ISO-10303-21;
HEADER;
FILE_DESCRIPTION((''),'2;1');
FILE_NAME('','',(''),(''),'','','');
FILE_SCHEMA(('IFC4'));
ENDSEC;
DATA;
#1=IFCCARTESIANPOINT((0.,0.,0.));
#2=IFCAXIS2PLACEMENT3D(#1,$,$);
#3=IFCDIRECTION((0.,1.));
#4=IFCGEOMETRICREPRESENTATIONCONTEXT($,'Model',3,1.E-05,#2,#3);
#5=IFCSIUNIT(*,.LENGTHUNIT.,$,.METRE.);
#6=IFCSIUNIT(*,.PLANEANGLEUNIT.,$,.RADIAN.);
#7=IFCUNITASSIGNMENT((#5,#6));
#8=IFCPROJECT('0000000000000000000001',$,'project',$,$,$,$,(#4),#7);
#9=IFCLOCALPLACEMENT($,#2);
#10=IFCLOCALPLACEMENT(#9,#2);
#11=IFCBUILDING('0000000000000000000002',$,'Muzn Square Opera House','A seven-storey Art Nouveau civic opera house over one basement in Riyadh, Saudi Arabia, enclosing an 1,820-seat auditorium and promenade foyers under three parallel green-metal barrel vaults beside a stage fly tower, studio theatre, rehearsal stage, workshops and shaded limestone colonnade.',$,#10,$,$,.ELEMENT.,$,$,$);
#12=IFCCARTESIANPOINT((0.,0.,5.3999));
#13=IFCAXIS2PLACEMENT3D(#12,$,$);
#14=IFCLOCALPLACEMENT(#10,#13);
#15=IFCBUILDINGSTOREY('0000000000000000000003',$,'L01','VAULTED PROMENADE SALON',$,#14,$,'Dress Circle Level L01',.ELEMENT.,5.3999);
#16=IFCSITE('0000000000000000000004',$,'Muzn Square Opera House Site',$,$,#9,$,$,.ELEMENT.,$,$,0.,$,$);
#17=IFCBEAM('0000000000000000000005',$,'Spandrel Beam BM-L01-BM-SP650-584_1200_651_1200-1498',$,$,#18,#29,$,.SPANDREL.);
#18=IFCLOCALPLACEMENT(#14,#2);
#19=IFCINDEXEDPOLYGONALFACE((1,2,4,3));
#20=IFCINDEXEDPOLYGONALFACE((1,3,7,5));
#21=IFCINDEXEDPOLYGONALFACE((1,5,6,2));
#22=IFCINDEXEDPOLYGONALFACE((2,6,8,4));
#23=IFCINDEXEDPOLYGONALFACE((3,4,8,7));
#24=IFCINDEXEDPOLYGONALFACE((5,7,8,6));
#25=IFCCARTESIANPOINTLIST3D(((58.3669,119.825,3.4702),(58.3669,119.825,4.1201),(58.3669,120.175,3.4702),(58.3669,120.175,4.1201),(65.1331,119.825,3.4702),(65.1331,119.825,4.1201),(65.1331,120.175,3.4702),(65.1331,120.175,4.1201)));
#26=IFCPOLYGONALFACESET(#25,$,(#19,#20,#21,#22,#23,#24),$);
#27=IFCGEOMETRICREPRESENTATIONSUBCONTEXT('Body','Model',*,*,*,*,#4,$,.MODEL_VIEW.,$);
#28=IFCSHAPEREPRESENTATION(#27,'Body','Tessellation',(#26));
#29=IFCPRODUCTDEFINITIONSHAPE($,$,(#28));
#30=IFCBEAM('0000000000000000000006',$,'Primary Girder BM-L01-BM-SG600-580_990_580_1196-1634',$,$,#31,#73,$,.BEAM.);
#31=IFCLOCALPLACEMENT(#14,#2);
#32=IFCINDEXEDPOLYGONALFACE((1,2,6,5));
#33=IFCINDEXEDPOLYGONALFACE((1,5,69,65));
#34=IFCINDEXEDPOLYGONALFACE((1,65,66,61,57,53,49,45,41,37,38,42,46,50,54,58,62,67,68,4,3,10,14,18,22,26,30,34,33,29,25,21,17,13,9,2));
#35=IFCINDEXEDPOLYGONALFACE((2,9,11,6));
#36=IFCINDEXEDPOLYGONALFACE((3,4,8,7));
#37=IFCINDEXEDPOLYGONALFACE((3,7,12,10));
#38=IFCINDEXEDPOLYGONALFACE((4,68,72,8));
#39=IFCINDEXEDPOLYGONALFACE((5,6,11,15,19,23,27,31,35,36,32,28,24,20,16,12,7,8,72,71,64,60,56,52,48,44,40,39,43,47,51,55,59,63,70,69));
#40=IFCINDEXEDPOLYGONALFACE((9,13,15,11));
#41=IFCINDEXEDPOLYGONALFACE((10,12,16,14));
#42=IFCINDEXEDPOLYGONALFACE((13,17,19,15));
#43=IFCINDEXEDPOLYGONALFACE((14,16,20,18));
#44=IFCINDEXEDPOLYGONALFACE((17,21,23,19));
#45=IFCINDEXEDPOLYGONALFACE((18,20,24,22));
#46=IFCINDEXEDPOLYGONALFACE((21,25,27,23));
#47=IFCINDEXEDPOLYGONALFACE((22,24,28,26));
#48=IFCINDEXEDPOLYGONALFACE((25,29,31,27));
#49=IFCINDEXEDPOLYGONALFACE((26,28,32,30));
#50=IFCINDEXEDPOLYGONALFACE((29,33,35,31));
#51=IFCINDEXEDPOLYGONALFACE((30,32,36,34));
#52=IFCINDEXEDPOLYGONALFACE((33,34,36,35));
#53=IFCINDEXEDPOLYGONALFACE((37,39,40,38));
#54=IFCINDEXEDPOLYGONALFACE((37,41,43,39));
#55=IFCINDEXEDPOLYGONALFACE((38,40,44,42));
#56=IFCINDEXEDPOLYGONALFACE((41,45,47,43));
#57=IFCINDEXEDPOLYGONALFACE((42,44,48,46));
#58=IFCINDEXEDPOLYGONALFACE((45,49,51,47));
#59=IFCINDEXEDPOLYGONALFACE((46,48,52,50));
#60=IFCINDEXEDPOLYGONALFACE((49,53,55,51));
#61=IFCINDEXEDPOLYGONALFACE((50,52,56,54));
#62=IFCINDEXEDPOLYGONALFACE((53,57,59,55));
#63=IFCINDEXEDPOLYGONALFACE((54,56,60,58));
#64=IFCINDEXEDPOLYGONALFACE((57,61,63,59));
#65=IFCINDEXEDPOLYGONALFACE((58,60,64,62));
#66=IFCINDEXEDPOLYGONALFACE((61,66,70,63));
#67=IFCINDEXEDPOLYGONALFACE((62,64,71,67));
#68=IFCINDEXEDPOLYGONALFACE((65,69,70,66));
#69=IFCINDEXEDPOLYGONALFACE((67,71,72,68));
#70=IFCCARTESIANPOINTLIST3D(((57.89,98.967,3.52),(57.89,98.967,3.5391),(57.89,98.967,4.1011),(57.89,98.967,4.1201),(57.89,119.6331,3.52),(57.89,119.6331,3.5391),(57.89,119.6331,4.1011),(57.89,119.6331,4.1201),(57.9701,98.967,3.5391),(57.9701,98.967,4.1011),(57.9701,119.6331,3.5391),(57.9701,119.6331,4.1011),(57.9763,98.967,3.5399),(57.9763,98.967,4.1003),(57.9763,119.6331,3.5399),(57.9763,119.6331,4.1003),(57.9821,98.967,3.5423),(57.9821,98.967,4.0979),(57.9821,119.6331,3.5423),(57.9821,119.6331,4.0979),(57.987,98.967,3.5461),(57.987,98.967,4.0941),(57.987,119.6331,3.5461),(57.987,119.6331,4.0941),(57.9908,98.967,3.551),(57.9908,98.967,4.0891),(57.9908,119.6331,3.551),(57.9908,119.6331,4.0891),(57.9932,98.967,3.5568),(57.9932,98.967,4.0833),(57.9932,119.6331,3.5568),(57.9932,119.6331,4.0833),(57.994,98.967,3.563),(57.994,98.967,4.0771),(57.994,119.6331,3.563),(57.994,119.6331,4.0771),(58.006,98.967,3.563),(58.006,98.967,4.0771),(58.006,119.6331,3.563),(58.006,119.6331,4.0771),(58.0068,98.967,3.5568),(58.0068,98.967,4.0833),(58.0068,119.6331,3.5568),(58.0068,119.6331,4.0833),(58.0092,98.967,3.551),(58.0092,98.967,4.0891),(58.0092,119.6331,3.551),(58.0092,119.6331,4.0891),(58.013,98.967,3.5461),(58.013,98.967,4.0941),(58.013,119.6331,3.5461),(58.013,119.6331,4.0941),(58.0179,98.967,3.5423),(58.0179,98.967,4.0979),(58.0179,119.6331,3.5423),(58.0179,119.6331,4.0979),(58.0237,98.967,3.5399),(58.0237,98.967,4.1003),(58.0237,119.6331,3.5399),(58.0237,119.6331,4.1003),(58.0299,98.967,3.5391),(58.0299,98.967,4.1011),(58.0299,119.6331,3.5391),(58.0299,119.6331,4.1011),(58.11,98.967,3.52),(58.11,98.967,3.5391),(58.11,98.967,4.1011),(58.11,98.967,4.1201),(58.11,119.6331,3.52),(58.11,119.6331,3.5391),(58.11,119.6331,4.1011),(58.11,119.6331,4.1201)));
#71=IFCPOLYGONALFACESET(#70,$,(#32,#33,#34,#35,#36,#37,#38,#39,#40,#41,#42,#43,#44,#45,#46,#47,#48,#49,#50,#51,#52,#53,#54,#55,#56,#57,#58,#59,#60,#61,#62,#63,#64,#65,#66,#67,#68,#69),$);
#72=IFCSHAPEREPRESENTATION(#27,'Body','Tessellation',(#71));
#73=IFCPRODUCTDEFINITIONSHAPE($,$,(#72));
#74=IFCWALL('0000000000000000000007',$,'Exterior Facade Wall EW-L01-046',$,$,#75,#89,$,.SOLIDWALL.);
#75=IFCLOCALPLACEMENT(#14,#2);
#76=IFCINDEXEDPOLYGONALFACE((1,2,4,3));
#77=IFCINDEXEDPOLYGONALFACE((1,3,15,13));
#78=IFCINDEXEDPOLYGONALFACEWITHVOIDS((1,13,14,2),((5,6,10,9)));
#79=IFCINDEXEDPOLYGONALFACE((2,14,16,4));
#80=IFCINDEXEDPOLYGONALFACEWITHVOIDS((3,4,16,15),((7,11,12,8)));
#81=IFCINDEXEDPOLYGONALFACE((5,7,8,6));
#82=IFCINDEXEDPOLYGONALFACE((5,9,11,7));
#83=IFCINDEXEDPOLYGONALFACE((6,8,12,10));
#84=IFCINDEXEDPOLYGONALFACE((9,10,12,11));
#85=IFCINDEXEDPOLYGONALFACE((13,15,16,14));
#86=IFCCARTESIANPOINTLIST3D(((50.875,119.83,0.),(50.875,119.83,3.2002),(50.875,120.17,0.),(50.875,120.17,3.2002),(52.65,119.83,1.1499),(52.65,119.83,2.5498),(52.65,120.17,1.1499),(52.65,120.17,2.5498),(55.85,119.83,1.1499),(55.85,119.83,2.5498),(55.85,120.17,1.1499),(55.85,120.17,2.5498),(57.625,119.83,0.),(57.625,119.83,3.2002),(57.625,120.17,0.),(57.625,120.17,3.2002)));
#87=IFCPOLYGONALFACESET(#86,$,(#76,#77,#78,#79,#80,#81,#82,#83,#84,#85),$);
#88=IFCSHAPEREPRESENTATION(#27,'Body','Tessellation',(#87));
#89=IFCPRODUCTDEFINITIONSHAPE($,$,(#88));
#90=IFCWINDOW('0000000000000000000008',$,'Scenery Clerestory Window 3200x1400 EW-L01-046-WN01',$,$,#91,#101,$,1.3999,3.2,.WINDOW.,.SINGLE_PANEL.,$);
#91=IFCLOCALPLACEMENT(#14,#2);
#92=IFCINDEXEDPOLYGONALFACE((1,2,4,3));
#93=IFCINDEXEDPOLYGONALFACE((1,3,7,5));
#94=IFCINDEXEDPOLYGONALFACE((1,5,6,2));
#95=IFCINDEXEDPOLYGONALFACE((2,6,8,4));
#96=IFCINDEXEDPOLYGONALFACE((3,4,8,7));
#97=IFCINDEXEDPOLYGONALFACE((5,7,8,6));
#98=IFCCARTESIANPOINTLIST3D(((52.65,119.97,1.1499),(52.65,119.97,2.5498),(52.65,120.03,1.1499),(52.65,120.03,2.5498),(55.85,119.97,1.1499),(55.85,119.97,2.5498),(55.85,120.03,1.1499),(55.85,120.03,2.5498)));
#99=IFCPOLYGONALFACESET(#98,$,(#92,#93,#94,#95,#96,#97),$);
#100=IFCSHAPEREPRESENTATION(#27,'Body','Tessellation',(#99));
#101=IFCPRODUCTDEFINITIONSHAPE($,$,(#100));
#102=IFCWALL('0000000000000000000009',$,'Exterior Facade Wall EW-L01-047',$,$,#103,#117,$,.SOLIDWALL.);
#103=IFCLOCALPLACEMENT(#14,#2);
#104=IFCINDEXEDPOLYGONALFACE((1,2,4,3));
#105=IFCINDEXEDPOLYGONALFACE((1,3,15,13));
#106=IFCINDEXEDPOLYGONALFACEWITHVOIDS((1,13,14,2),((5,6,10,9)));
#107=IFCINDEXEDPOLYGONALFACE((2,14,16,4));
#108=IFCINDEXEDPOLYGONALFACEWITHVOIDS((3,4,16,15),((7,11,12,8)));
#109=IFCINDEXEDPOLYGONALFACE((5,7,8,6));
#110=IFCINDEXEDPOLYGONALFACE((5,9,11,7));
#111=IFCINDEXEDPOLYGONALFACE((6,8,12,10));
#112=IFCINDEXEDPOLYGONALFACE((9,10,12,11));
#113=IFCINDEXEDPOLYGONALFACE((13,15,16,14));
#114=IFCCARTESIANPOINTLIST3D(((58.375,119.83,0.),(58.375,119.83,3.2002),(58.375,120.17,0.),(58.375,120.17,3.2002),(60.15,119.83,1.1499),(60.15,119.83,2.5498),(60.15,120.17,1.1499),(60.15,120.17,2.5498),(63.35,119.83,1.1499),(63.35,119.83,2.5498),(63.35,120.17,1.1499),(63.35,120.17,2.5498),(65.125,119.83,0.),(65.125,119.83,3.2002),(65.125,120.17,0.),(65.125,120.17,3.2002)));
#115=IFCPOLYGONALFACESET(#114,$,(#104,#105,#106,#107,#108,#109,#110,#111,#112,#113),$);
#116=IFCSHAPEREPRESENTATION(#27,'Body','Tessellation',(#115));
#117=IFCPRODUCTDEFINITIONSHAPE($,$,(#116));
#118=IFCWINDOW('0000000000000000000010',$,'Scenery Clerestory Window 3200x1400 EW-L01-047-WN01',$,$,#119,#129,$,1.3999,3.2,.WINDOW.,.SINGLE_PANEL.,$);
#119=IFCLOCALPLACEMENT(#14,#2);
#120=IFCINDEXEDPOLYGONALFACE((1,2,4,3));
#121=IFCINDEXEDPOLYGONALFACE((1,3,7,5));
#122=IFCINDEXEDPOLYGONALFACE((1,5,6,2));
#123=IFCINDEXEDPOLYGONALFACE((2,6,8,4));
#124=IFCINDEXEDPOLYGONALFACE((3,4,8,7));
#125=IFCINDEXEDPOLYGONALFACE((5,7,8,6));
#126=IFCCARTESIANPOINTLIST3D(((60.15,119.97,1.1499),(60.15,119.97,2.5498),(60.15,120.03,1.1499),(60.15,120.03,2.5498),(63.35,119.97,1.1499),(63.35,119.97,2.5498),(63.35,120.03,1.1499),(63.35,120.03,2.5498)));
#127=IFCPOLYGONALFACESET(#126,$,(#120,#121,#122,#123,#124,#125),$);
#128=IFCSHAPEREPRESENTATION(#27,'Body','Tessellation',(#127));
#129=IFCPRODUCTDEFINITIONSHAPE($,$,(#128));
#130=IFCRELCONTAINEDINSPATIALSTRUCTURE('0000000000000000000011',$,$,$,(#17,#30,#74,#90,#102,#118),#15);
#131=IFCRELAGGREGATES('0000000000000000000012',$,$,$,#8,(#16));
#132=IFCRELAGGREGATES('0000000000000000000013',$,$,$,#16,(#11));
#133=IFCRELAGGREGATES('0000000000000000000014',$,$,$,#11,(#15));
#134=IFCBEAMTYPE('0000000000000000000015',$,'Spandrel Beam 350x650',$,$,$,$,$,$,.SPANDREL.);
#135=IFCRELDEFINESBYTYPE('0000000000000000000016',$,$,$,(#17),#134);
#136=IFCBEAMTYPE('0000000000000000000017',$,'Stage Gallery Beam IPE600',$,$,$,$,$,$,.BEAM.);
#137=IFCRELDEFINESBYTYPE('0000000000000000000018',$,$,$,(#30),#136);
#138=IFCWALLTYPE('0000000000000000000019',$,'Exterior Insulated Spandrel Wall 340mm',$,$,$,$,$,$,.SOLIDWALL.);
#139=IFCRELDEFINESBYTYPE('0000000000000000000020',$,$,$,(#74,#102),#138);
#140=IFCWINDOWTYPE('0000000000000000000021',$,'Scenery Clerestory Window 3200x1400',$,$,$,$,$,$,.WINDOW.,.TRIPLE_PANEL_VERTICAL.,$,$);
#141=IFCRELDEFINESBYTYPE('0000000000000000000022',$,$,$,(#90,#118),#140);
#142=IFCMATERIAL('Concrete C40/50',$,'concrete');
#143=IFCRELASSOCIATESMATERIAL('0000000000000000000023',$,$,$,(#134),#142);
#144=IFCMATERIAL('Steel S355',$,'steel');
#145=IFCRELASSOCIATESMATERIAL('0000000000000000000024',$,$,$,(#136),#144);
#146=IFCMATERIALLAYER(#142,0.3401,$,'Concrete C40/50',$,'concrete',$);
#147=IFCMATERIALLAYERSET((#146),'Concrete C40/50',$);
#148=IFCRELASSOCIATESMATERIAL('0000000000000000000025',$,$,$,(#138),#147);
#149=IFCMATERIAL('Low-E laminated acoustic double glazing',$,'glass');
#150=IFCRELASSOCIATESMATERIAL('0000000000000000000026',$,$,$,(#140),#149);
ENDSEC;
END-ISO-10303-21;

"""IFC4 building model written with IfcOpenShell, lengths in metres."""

from ifc_helpers import new_model, si_unit, direction, frame, frame_2d, origin, origin_2d, place, context, subcontext, project, spatial, rectangle, i_section, extrude, material, layer, layer_set, material_profile, profile_set, type_object, element, fill, save


model = new_model("IFC4")

# Units and contexts
model_context = context("Model", 3, precision=1e-05, world=origin(), true_north=direction((0.0, 1.0)))
body_context = subcontext(model_context, "Body", "Model", "MODEL_VIEW")
ifc_project = project(units=[si_unit("LENGTHUNIT", "METRE"), si_unit("PLANEANGLEUNIT", "RADIAN")], contexts=[model_context])

# Site, building, storey
site_placement = place(None, origin())
site = spatial("IfcSite", under=ifc_project, at=site_placement, Name="Muzn Square Opera House Site", CompositionType="ELEMENT", RefElevation=0.0)
building_placement = place(site_placement, origin())
building = spatial("IfcBuilding", under=site, at=building_placement, Name="Muzn Square Opera House", Description="A seven-storey Art Nouveau civic opera house over one basement in Riyadh, Saudi Arabia, enclosing an 1,820-seat auditorium and promenade foyers under three parallel green-metal barrel vaults beside a stage fly tower, studio theatre, rehearsal stage, workshops and shaded limestone colonnade.", CompositionType="ELEMENT")
storey_placement = place(building_placement, frame((0.0, 0.0, 5.3999)))
storey = spatial("IfcBuildingStorey", under=building, at=storey_placement, Name="L01", Description="VAULTED PROMENADE SALON", LongName="Dress Circle Level L01", CompositionType="ELEMENT", Elevation=5.3999)

# Beams
ifc_material_1 = material(Name="Concrete C40/50", Category="concrete")
ifc_material_profile_1 = material_profile(ifc_material_1, rectangle(XDim=0.3501, YDim=0.6499, at=origin_2d()), Name="RCS 350x650", Category="concrete")
ifc_profile_set_1 = profile_set([ifc_material_profile_1], Name="Concrete C40/50")
beam_type_1 = type_object("IfcBeamType", Name="Spandrel Beam 350x650", PredefinedType="SPANDREL", material=ifc_profile_set_1)
for number, where, z_axis, x_axis, name in (
    (1, (58.3669, 120.0, 3.7952), (1.0, 0.0, 0.0), (0.0, 1.0, 0.0), "Spandrel Beam BM-L01-BM-SP650-584_1200_651_1200-1498"),
):
    element("IfcBeam", number, at=place(storey_placement, frame(where, z_axis=z_axis, x_axis=x_axis)), inside=storey, type_object=beam_type_1, Name=name, PredefinedType="SPANDREL", context=body_context, shape_type="SweptSolid", body=[
        extrude(rectangle(XDim=0.3501, YDim=0.6499, at=origin_2d()), origin(), (0.0, 0.0, 1.0), 6.7661),
    ])
ifc_material_2 = material(Name="Steel S355", Category="steel")
ifc_material_profile_2 = material_profile(ifc_material_2, i_section(OverallWidth=0.22, OverallDepth=0.6001, WebThickness=0.012, FlangeThickness=0.019, FilletRadius=0.0239, at=origin_2d()), Name="IPE 600", Category="steel")
ifc_profile_set_2 = profile_set([ifc_material_profile_2], Name="Steel S355")
beam_type_2 = type_object("IfcBeamType", Name="Stage Gallery Beam IPE600", PredefinedType="BEAM", material=ifc_profile_set_2)
beam_placement = place(storey_placement, frame((58.0, 98.967, 3.8201), z_axis=(0.0, 1.0, 0.0), x_axis=(-1.0, 0.0, 0.0)))
element("IfcBeam", 2, at=beam_placement, inside=storey, type_object=beam_type_2, Name="Primary Girder BM-L01-BM-SG600-580_990_580_1196-1634", PredefinedType="BEAM", context=body_context, shape_type="SweptSolid", body=[
    extrude(i_section(OverallWidth=0.22, OverallDepth=0.6001, WebThickness=0.012, FlangeThickness=0.019, FilletRadius=0.0239, at=origin_2d()), origin(), (0.0, 0.0, 1.0), 20.666),
])

# Walls, openings, windows
ifc_layer = layer(ifc_material_1, 0.3401, Name="Concrete C40/50", Category="concrete")
ifc_layer_set = layer_set([ifc_layer], Name="Concrete C40/50")
wall_type = type_object("IfcWallType", Name="Exterior Insulated Spandrel Wall 340mm", PredefinedType="SOLIDWALL", material=ifc_layer_set)
wall_1_placement = place(storey_placement, frame((50.875, 120.0, 0.0), z_axis=(0.0, 0.0, 1.0), x_axis=(1.0, 0.0, 0.0)))
wall_1 = element("IfcWall", 3, at=wall_1_placement, inside=storey, type_object=wall_type, Name="Exterior Facade Wall EW-L01-046", PredefinedType="SOLIDWALL", context=body_context, shape_type="SweptSolid", body=[
    extrude(rectangle(XDim=6.75, YDim=0.3401, at=frame_2d((3.375, 0.0))), origin(), (0.0, 0.0, 1.0), 3.2002),
])
opening_1_placement = place(wall_1_placement, frame((1.7749, 0.0, 1.1499)))
opening_1 = element("IfcOpeningElement", 4, at=opening_1_placement, cuts=wall_1, PredefinedType="OPENING", context=body_context, shape_type="SweptSolid", body=[
    extrude(rectangle(XDim=3.2, YDim=1.3999, at=frame_2d((1.6001, 0.7))), frame((0.0, 0.1799, 0.0), z_axis=(0.0, -1.0, 0.0), x_axis=(1.0, 0.0, 0.0)), (0.0, 0.0, 1.0), 0.3601),
])
ifc_material_3 = material(Name="Low-E laminated acoustic double glazing", Category="glass")
window_type = type_object("IfcWindowType", Name="Scenery Clerestory Window 3200x1400", PartitioningType="TRIPLE_PANEL_VERTICAL", PredefinedType="WINDOW", material=ifc_material_3)
window_1_placement = place(opening_1_placement, origin())
window_1 = element("IfcWindow", 5, at=window_1_placement, inside=storey, type_object=window_type, Name="Scenery Clerestory Window 3200x1400 EW-L01-046-WN01", OverallHeight=1.3999, OverallWidth=3.2, PartitioningType="SINGLE_PANEL", PredefinedType="WINDOW", context=body_context, shape_type="SweptSolid", body=[
    extrude(rectangle(XDim=3.2, YDim=1.3999, at=frame_2d((1.6001, 0.7))), frame((0.0, 0.03, 0.0), z_axis=(0.0, -1.0, 0.0), x_axis=(1.0, 0.0, 0.0)), (0.0, 0.0, 1.0), 0.0601),
])
fill(opening_1, window_1)
wall_2_placement = place(storey_placement, frame((58.375, 120.0, 0.0), z_axis=(0.0, 0.0, 1.0), x_axis=(1.0, 0.0, 0.0)))
wall_2 = element("IfcWall", 6, at=wall_2_placement, inside=storey, type_object=wall_type, Name="Exterior Facade Wall EW-L01-047", PredefinedType="SOLIDWALL", context=body_context, shape_type="SweptSolid", body=[
    extrude(rectangle(XDim=6.75, YDim=0.3401, at=frame_2d((3.375, 0.0))), origin(), (0.0, 0.0, 1.0), 3.2002),
])
opening_2_placement = place(wall_2_placement, frame((1.7749, 0.0, 1.1499)))
opening_2 = element("IfcOpeningElement", 7, at=opening_2_placement, cuts=wall_2, PredefinedType="OPENING", context=body_context, shape_type="SweptSolid", body=[
    extrude(rectangle(XDim=3.2, YDim=1.3999, at=frame_2d((1.6001, 0.7))), frame((0.0, 0.1799, 0.0), z_axis=(0.0, -1.0, 0.0), x_axis=(1.0, 0.0, 0.0)), (0.0, 0.0, 1.0), 0.3601),
])
window_2_placement = place(opening_2_placement, origin())
window_2 = element("IfcWindow", 8, at=window_2_placement, inside=storey, type_object=window_type, Name="Scenery Clerestory Window 3200x1400 EW-L01-047-WN01", OverallHeight=1.3999, OverallWidth=3.2, PartitioningType="SINGLE_PANEL", PredefinedType="WINDOW", context=body_context, shape_type="SweptSolid", body=[
    extrude(rectangle(XDim=3.2, YDim=1.3999, at=frame_2d((1.6001, 0.7))), frame((0.0, 0.03, 0.0), z_axis=(0.0, -1.0, 0.0), x_axis=(1.0, 0.0, 0.0)), (0.0, 0.0, 1.0), 0.0601),
])
fill(opening_2, window_2)

save(model, "model.ifc")
